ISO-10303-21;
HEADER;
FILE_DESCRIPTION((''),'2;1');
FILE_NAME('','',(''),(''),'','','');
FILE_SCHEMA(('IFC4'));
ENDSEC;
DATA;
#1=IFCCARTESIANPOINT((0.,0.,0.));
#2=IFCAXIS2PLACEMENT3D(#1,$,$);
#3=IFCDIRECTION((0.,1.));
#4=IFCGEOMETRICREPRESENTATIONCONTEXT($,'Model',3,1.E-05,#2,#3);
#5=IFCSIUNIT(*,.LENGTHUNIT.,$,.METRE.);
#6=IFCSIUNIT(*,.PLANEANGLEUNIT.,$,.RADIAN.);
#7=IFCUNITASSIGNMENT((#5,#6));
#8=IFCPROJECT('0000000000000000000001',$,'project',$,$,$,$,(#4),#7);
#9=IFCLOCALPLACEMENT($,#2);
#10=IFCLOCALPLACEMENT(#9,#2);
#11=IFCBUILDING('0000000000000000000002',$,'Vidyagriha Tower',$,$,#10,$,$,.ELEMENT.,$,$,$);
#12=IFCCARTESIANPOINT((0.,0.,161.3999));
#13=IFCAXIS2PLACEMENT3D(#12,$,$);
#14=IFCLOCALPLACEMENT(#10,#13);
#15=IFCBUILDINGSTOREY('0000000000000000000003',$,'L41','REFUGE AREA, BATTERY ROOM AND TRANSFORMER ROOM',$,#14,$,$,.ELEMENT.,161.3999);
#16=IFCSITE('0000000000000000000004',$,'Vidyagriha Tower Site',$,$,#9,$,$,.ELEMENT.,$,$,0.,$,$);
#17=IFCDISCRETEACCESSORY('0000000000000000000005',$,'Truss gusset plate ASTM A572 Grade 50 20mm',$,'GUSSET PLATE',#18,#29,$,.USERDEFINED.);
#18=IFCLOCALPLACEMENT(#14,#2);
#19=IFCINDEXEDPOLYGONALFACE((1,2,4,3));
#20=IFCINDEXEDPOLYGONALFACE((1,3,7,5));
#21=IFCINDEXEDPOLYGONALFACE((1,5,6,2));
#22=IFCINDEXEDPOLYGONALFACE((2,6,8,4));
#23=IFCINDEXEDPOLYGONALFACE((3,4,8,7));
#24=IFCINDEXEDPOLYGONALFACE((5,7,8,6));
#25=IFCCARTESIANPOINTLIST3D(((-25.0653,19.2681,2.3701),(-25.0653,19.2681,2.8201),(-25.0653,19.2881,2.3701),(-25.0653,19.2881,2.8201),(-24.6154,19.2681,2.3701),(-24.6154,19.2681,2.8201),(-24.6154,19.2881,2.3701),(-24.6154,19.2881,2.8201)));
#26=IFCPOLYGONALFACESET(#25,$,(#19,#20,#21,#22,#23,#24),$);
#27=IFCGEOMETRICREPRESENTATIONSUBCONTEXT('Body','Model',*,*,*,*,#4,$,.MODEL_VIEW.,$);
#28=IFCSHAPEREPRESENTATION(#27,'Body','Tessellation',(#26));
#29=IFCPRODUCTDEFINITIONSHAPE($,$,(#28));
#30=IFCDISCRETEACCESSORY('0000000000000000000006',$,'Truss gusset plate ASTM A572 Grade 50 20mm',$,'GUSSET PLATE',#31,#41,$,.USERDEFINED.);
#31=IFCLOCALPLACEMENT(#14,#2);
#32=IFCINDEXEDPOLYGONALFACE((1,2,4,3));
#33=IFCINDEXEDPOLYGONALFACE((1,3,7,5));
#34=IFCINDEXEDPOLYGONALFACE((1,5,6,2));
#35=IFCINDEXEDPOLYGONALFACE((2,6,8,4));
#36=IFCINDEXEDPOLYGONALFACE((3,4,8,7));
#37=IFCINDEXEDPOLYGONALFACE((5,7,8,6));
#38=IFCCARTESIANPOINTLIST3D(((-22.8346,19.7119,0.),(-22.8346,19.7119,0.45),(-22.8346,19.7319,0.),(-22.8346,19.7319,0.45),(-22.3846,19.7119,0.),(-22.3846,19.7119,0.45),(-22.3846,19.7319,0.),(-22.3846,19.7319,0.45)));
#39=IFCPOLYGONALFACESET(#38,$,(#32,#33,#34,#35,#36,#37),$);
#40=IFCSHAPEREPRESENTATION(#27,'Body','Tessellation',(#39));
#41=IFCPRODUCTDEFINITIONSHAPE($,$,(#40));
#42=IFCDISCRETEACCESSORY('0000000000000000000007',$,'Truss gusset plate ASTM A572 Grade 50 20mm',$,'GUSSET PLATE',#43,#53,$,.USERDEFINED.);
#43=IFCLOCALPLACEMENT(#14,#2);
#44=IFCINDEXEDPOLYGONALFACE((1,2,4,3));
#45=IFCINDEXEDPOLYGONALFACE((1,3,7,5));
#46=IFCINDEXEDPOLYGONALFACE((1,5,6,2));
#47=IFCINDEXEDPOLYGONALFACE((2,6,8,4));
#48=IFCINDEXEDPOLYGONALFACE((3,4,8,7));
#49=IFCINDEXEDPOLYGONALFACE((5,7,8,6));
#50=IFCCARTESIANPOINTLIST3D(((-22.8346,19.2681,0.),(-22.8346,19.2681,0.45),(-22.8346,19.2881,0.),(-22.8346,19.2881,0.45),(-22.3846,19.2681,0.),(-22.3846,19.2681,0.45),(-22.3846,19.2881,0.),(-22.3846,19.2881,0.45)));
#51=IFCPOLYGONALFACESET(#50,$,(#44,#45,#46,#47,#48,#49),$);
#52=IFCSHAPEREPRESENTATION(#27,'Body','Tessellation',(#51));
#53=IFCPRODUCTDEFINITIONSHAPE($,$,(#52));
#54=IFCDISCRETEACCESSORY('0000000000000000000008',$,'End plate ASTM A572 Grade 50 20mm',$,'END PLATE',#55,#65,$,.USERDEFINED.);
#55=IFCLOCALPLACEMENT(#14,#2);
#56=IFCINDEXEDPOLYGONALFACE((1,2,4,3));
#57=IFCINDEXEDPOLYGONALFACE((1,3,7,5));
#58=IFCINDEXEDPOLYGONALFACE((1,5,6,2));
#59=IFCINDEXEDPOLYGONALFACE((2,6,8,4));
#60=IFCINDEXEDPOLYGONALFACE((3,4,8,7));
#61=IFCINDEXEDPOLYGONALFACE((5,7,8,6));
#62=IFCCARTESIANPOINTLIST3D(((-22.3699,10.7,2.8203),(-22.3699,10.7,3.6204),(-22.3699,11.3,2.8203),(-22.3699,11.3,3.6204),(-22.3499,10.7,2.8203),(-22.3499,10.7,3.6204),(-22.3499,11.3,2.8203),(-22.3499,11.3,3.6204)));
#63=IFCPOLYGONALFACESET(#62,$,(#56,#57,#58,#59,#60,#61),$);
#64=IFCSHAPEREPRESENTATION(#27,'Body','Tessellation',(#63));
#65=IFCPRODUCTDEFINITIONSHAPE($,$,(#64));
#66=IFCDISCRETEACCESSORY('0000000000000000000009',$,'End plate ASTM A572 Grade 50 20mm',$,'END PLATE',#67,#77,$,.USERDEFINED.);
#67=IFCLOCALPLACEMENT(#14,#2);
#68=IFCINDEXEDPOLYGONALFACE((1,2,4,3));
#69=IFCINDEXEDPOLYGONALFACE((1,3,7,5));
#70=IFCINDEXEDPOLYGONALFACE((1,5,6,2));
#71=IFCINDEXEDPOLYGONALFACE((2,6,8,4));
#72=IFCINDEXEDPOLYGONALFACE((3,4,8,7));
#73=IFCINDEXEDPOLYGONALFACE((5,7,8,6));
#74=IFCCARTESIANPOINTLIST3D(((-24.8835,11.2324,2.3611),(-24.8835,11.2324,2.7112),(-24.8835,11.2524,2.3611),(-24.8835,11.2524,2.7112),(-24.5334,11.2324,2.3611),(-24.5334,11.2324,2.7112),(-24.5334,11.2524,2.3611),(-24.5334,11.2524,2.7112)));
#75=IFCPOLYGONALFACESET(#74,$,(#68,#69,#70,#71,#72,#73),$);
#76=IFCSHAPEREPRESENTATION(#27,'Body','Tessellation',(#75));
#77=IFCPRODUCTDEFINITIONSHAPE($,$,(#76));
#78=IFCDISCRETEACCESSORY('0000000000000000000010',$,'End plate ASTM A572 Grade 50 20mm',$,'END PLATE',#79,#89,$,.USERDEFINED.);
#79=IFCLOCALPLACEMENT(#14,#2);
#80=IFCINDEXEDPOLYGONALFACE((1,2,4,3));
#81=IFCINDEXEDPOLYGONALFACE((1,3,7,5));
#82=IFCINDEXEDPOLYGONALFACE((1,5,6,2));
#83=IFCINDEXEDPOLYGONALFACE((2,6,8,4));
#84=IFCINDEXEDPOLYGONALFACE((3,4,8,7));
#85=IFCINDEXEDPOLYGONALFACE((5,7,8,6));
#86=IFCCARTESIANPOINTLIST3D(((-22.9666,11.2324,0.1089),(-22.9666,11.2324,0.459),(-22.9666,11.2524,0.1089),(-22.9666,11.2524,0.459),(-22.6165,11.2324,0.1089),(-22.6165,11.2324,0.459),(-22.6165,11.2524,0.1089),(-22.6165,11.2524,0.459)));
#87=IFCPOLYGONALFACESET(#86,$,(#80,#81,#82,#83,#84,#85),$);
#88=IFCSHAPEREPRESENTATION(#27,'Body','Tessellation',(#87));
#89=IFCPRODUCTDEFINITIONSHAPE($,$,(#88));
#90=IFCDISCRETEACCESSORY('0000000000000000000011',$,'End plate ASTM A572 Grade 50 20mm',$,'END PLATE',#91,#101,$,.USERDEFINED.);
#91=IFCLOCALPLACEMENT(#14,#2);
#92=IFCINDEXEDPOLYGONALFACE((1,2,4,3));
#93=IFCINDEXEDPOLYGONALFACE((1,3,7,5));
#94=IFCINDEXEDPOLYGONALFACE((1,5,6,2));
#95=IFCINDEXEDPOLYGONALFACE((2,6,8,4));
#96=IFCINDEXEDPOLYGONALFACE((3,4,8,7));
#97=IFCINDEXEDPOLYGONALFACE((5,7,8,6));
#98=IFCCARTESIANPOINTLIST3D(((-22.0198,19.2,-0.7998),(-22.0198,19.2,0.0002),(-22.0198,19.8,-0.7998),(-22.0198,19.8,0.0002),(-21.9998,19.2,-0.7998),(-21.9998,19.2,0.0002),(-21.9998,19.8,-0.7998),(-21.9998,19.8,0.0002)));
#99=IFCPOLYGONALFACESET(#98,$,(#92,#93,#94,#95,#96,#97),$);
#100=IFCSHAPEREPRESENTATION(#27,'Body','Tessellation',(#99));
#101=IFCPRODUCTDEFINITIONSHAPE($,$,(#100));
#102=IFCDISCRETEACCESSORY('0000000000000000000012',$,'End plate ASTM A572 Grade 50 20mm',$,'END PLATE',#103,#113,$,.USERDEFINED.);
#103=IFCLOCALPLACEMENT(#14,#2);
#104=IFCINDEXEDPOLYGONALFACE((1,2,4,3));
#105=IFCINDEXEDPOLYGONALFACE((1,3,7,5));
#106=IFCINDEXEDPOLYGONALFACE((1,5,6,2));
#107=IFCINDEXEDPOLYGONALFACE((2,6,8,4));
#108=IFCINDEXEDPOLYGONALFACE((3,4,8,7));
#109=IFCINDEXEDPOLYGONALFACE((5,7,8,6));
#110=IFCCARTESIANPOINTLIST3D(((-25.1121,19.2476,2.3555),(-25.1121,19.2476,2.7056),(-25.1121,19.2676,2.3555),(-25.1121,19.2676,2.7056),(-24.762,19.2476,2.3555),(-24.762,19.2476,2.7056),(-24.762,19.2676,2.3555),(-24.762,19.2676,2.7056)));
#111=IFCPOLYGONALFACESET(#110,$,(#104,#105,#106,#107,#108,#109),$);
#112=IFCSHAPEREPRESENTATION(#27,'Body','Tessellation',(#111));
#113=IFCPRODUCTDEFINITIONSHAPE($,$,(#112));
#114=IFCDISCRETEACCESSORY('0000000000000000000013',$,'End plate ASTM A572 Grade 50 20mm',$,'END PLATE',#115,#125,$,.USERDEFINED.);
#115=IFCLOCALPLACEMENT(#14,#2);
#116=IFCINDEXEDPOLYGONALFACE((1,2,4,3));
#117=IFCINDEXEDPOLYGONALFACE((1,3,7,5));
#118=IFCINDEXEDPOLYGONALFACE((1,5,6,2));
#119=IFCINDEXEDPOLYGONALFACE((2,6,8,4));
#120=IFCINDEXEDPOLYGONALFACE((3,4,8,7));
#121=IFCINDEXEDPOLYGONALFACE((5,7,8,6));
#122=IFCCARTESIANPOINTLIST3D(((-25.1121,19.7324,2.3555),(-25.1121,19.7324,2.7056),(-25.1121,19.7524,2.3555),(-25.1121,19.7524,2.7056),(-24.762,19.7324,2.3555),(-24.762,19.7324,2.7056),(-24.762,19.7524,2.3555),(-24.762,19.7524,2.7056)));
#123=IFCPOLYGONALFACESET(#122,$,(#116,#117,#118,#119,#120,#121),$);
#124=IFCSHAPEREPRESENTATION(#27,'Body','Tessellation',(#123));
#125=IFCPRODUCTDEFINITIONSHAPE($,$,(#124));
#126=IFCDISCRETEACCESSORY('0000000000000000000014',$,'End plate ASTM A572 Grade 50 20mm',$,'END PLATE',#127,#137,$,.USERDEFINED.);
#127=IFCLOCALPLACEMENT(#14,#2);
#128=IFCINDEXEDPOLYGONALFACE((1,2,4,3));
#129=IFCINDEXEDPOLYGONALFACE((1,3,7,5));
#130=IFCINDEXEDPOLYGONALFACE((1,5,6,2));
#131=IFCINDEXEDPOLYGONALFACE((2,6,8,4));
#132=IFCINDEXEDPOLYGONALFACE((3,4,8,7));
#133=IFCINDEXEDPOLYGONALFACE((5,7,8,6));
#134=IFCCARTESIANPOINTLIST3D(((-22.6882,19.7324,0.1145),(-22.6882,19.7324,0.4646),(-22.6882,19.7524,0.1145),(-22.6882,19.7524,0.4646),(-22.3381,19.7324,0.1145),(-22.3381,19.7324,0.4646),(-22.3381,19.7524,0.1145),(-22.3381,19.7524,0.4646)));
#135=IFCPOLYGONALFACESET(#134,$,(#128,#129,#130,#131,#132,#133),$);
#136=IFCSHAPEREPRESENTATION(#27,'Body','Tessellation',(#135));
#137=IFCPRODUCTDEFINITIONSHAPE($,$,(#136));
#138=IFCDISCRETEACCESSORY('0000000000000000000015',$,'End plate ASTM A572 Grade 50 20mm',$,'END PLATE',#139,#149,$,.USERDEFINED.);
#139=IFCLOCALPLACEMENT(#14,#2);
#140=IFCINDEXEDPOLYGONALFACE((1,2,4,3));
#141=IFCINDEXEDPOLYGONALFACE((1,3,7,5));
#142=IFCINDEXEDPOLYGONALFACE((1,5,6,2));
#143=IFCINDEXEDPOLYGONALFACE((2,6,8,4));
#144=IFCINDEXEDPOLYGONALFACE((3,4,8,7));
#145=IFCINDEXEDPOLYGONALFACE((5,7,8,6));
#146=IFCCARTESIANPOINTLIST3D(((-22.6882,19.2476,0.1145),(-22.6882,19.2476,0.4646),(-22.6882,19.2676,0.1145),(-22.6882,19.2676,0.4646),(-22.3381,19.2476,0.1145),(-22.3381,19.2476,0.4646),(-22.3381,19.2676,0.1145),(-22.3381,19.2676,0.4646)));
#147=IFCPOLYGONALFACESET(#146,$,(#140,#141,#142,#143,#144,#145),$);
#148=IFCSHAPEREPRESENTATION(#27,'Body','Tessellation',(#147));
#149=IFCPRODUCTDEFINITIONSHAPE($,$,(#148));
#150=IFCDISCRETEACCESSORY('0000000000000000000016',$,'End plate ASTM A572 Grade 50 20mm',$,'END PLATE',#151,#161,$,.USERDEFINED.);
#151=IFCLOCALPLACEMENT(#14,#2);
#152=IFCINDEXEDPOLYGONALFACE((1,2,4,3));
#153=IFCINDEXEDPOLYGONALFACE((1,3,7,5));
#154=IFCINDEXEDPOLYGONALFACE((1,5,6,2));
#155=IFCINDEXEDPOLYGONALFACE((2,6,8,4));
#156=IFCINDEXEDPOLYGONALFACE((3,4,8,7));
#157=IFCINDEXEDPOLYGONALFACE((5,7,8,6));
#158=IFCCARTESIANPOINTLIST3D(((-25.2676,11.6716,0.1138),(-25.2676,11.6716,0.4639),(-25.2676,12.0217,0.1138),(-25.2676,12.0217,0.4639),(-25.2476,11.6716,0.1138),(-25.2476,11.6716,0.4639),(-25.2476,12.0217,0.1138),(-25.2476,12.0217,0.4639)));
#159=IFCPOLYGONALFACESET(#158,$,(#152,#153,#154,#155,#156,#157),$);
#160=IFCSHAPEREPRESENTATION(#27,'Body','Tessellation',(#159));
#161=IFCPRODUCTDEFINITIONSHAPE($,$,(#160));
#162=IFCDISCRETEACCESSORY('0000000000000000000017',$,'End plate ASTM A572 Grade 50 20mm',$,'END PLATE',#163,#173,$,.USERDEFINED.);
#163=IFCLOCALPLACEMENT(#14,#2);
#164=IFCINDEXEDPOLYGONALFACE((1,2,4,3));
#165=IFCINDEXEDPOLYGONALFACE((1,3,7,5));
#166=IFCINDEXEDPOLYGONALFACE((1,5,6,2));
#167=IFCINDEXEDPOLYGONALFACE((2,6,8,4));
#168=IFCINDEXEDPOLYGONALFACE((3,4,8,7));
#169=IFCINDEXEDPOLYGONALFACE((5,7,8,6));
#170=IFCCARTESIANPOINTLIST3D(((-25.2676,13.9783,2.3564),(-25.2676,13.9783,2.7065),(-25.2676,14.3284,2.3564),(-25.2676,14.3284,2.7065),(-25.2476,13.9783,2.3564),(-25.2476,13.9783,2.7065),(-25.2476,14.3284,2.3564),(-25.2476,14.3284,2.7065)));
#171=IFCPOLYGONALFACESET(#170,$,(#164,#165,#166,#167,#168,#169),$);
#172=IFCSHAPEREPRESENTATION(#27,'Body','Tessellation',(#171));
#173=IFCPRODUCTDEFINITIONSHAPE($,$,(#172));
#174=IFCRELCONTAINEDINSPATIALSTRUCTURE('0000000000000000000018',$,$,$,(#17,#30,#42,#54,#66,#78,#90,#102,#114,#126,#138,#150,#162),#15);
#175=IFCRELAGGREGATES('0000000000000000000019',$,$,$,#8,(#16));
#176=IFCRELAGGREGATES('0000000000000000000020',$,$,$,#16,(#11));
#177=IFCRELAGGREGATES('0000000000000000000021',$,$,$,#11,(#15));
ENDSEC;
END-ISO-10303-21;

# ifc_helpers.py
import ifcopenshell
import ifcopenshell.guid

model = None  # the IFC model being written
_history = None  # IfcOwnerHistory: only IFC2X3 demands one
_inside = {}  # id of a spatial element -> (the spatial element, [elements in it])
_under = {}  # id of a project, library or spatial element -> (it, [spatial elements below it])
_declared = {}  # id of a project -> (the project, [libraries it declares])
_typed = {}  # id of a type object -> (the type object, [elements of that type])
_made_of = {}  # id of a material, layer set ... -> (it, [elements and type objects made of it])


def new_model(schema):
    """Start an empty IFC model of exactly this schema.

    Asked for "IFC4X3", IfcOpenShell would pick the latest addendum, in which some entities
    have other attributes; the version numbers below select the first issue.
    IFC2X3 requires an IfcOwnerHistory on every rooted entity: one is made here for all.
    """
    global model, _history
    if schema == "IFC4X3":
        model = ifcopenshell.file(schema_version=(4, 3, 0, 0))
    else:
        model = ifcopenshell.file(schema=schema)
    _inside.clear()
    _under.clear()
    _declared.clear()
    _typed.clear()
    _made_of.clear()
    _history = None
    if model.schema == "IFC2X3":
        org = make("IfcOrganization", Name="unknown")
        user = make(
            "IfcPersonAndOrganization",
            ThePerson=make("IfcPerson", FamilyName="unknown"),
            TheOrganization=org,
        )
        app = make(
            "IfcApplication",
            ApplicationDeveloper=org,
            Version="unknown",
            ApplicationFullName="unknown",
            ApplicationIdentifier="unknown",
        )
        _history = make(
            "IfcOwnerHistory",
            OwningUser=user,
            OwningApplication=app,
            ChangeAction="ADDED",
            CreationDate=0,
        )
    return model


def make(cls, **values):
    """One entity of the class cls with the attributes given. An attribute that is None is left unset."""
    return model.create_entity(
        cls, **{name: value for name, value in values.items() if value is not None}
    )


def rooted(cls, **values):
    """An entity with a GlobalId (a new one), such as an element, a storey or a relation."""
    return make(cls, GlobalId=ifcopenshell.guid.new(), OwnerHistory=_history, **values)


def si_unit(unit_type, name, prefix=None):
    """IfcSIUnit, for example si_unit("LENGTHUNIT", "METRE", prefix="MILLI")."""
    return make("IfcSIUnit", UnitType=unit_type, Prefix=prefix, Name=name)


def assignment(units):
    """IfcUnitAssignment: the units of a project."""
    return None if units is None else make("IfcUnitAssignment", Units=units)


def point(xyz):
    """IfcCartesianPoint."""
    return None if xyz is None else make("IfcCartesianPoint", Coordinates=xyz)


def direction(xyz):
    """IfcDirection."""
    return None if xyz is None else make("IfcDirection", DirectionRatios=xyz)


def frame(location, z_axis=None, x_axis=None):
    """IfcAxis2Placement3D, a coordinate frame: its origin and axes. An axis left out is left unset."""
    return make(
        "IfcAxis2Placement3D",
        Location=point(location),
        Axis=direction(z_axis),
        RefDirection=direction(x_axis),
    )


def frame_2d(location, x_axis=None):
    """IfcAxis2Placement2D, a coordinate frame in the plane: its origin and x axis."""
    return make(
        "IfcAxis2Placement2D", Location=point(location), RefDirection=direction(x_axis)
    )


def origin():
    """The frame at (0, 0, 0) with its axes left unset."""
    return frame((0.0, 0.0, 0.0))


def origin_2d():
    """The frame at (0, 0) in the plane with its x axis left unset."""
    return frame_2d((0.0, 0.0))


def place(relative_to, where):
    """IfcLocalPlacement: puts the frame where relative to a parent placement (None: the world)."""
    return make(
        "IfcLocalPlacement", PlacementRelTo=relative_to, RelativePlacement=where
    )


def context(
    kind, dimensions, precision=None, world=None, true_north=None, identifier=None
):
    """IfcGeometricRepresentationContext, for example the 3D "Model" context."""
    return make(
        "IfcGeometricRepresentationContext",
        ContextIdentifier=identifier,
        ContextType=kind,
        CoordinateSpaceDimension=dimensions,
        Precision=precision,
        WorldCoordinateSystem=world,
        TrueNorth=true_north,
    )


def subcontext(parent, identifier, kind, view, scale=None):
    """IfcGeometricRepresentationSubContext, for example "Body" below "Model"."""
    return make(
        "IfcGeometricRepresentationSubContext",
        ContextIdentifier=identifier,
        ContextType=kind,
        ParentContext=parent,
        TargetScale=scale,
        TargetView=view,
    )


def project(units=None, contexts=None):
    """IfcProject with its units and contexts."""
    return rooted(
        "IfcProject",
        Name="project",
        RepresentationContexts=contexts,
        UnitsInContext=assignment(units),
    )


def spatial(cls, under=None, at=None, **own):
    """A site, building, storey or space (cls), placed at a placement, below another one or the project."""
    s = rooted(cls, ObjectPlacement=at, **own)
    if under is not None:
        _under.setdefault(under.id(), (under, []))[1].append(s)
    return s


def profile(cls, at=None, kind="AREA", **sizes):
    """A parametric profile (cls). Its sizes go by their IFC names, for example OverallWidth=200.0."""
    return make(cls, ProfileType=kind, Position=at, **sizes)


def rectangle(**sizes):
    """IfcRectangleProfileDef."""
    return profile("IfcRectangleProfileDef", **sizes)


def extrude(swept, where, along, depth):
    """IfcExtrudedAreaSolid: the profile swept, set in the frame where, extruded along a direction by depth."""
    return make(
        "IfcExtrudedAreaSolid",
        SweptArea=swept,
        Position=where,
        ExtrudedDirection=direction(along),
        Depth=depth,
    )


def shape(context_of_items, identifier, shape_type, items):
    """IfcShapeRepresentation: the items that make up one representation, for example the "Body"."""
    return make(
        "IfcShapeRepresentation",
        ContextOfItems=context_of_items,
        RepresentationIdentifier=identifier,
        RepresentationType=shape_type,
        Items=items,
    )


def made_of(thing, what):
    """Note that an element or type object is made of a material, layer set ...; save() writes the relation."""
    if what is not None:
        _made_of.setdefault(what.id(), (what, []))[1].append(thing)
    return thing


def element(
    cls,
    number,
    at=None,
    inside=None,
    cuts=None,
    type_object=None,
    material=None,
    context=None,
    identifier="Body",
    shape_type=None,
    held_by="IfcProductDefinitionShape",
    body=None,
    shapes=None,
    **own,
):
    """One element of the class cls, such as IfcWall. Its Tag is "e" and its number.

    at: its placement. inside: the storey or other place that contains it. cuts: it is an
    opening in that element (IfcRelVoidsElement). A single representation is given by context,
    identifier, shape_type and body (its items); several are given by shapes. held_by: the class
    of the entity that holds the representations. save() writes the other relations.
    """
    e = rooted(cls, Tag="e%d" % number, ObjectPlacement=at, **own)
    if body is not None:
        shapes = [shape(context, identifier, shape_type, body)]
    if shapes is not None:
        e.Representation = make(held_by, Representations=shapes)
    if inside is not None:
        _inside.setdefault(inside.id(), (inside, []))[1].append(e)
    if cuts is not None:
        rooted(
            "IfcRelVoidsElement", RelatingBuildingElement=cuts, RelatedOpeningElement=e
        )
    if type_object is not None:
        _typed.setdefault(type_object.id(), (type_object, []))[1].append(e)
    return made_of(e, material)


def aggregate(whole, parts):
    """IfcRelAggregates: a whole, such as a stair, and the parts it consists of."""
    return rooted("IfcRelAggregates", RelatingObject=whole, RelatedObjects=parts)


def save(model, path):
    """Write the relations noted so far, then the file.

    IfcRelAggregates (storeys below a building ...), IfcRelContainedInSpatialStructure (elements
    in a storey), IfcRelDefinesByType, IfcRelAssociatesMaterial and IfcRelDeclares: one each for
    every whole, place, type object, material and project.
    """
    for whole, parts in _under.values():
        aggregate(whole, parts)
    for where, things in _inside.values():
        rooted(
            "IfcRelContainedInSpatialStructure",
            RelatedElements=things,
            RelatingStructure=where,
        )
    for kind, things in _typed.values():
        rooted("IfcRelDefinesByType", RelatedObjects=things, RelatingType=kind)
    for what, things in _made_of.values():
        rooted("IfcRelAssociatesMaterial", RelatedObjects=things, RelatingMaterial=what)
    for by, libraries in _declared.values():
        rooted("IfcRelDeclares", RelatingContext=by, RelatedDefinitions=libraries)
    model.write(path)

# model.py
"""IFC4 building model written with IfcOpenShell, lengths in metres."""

from ifc_helpers import new_model, si_unit, direction, frame, origin, origin_2d, place, context, subcontext, project, spatial, rectangle, extrude, element, save


model = new_model("IFC4")

# Units and contexts
model_context = context("Model", 3, precision=1e-05, world=origin(), true_north=direction((0.0, 1.0)))
body_context = subcontext(model_context, "Body", "Model", "MODEL_VIEW")
ifc_project = project(units=[si_unit("LENGTHUNIT", "METRE"), si_unit("PLANEANGLEUNIT", "RADIAN")], contexts=[model_context])

# Site, building, storey
site_placement = place(None, origin())
site = spatial("IfcSite", under=ifc_project, at=site_placement, Name="Vidyagriha Tower Site", CompositionType="ELEMENT", RefElevation=0.0)
building_placement = place(site_placement, origin())
building = spatial("IfcBuilding", under=site, at=building_placement, Name="Vidyagriha Tower", CompositionType="ELEMENT")
storey_placement = place(building_placement, frame((0.0, 0.0, 161.3999)))
storey = spatial("IfcBuildingStorey", under=building, at=storey_placement, Name="L41", Description="REFUGE AREA, BATTERY ROOM AND TRANSFORMER ROOM", CompositionType="ELEMENT", Elevation=161.3999)

# Discrete accessories
for number, where, name in (
    (1, (-24.8403, 19.2781, 2.3701), "Truss gusset plate ASTM A572 Grade 50 20mm"),
    (2, (-22.6096, 19.7219, 0.0), "Truss gusset plate ASTM A572 Grade 50 20mm"),
    (3, (-22.6096, 19.2781, 0.0), "Truss gusset plate ASTM A572 Grade 50 20mm"),
):
    element("IfcDiscreteAccessory", number, at=place(storey_placement, frame(where)), inside=storey, Name=name, ObjectType="GUSSET PLATE", PredefinedType="USERDEFINED", context=body_context, shape_type="SweptSolid", body=[
        extrude(rectangle(XDim=0.45, YDim=0.02, at=origin_2d()), origin(), (0.0, 0.0, 1.0), 0.45),
    ])
discrete_accessory_1_placement = place(storey_placement, frame((-22.3599, 11.0, 2.8203)))
element("IfcDiscreteAccessory", 4, at=discrete_accessory_1_placement, inside=storey, Name="End plate ASTM A572 Grade 50 20mm", ObjectType="END PLATE", PredefinedType="USERDEFINED", context=body_context, shape_type="SweptSolid", body=[
    extrude(rectangle(XDim=0.02, YDim=0.6001, at=origin_2d()), origin(), (0.0, 0.0, 1.0), 0.8),
])
discrete_accessory_2_placement = place(storey_placement, frame((-24.7085, 11.2424, 2.3611), z_axis=(0.0, 0.0, 1.0), x_axis=(-1.0, 0.0, 0.0)))
element("IfcDiscreteAccessory", 5, at=discrete_accessory_2_placement, inside=storey, Name="End plate ASTM A572 Grade 50 20mm", ObjectType="END PLATE", PredefinedType="USERDEFINED", context=body_context, shape_type="SweptSolid", body=[
    extrude(rectangle(XDim=0.3501, YDim=0.02, at=origin_2d()), origin(), (0.0, 0.0, 1.0), 0.3501),
])
discrete_accessory_3_placement = place(storey_placement, frame((-22.7915, 11.2424, 0.1089)))
element("IfcDiscreteAccessory", 6, at=discrete_accessory_3_placement, inside=storey, Name="End plate ASTM A572 Grade 50 20mm", ObjectType="END PLATE", PredefinedType="USERDEFINED", context=body_context, shape_type="SweptSolid", body=[
    extrude(rectangle(XDim=0.3501, YDim=0.02, at=origin_2d()), origin(), (0.0, 0.0, 1.0), 0.3501),
])
discrete_accessory_4_placement = place(storey_placement, frame((-22.0098, 19.5, -0.7998)))
element("IfcDiscreteAccessory", 7, at=discrete_accessory_4_placement, inside=storey, Name="End plate ASTM A572 Grade 50 20mm", ObjectType="END PLATE", PredefinedType="USERDEFINED", context=body_context, shape_type="SweptSolid", body=[
    extrude(rectangle(XDim=0.02, YDim=0.6001, at=origin_2d()), origin(), (0.0, 0.0, 1.0), 0.8),
])
for number, where, z_axis, x_axis, name in (
    (8, (-24.937, 19.2576, 2.3555), (0.0, 0.0, 1.0), (-1.0, 0.0, 0.0), "End plate ASTM A572 Grade 50 20mm"),
    (9, (-24.937, 19.7424, 2.3555), (0.0, 0.0, 1.0), (-1.0, 0.0, 0.0), "End plate ASTM A572 Grade 50 20mm"),
):
    element("IfcDiscreteAccessory", number, at=place(storey_placement, frame(where, z_axis=z_axis, x_axis=x_axis)), inside=storey, Name=name, ObjectType="END PLATE", PredefinedType="USERDEFINED", context=body_context, shape_type="SweptSolid", body=[
        extrude(rectangle(XDim=0.3501, YDim=0.02, at=origin_2d()), origin(), (0.0, 0.0, 1.0), 0.3501),
    ])
for number, where, name in (
    (10, (-22.5132, 19.7424, 0.1145), "End plate ASTM A572 Grade 50 20mm"),
    (11, (-22.5132, 19.2576, 0.1145), "End plate ASTM A572 Grade 50 20mm"),
):
    element("IfcDiscreteAccessory", number, at=place(storey_placement, frame(where)), inside=storey, Name=name, ObjectType="END PLATE", PredefinedType="USERDEFINED", context=body_context, shape_type="SweptSolid", body=[
        extrude(rectangle(XDim=0.3501, YDim=0.02, at=origin_2d()), origin(), (0.0, 0.0, 1.0), 0.3501),
    ])
for number, where, z_axis, x_axis, name in (
    (12, (-25.2576, 11.8467, 0.1138), (0.0, 0.0, 1.0), (0.0, -1.0, 0.0), "End plate ASTM A572 Grade 50 20mm"),
    (13, (-25.2576, 14.1533, 2.3564), (0.0, 0.0, 1.0), (0.0, 1.0, 0.0), "End plate ASTM A572 Grade 50 20mm"),
):
    element("IfcDiscreteAccessory", number, at=place(storey_placement, frame(where, z_axis=z_axis, x_axis=x_axis)), inside=storey, Name=name, ObjectType="END PLATE", PredefinedType="USERDEFINED", context=body_context, shape_type="SweptSolid", body=[
        extrude(rectangle(XDim=0.3501, YDim=0.02, at=origin_2d()), origin(), (0.0, 0.0, 1.0), 0.3501),
    ])

save(model, "model.ifc")
